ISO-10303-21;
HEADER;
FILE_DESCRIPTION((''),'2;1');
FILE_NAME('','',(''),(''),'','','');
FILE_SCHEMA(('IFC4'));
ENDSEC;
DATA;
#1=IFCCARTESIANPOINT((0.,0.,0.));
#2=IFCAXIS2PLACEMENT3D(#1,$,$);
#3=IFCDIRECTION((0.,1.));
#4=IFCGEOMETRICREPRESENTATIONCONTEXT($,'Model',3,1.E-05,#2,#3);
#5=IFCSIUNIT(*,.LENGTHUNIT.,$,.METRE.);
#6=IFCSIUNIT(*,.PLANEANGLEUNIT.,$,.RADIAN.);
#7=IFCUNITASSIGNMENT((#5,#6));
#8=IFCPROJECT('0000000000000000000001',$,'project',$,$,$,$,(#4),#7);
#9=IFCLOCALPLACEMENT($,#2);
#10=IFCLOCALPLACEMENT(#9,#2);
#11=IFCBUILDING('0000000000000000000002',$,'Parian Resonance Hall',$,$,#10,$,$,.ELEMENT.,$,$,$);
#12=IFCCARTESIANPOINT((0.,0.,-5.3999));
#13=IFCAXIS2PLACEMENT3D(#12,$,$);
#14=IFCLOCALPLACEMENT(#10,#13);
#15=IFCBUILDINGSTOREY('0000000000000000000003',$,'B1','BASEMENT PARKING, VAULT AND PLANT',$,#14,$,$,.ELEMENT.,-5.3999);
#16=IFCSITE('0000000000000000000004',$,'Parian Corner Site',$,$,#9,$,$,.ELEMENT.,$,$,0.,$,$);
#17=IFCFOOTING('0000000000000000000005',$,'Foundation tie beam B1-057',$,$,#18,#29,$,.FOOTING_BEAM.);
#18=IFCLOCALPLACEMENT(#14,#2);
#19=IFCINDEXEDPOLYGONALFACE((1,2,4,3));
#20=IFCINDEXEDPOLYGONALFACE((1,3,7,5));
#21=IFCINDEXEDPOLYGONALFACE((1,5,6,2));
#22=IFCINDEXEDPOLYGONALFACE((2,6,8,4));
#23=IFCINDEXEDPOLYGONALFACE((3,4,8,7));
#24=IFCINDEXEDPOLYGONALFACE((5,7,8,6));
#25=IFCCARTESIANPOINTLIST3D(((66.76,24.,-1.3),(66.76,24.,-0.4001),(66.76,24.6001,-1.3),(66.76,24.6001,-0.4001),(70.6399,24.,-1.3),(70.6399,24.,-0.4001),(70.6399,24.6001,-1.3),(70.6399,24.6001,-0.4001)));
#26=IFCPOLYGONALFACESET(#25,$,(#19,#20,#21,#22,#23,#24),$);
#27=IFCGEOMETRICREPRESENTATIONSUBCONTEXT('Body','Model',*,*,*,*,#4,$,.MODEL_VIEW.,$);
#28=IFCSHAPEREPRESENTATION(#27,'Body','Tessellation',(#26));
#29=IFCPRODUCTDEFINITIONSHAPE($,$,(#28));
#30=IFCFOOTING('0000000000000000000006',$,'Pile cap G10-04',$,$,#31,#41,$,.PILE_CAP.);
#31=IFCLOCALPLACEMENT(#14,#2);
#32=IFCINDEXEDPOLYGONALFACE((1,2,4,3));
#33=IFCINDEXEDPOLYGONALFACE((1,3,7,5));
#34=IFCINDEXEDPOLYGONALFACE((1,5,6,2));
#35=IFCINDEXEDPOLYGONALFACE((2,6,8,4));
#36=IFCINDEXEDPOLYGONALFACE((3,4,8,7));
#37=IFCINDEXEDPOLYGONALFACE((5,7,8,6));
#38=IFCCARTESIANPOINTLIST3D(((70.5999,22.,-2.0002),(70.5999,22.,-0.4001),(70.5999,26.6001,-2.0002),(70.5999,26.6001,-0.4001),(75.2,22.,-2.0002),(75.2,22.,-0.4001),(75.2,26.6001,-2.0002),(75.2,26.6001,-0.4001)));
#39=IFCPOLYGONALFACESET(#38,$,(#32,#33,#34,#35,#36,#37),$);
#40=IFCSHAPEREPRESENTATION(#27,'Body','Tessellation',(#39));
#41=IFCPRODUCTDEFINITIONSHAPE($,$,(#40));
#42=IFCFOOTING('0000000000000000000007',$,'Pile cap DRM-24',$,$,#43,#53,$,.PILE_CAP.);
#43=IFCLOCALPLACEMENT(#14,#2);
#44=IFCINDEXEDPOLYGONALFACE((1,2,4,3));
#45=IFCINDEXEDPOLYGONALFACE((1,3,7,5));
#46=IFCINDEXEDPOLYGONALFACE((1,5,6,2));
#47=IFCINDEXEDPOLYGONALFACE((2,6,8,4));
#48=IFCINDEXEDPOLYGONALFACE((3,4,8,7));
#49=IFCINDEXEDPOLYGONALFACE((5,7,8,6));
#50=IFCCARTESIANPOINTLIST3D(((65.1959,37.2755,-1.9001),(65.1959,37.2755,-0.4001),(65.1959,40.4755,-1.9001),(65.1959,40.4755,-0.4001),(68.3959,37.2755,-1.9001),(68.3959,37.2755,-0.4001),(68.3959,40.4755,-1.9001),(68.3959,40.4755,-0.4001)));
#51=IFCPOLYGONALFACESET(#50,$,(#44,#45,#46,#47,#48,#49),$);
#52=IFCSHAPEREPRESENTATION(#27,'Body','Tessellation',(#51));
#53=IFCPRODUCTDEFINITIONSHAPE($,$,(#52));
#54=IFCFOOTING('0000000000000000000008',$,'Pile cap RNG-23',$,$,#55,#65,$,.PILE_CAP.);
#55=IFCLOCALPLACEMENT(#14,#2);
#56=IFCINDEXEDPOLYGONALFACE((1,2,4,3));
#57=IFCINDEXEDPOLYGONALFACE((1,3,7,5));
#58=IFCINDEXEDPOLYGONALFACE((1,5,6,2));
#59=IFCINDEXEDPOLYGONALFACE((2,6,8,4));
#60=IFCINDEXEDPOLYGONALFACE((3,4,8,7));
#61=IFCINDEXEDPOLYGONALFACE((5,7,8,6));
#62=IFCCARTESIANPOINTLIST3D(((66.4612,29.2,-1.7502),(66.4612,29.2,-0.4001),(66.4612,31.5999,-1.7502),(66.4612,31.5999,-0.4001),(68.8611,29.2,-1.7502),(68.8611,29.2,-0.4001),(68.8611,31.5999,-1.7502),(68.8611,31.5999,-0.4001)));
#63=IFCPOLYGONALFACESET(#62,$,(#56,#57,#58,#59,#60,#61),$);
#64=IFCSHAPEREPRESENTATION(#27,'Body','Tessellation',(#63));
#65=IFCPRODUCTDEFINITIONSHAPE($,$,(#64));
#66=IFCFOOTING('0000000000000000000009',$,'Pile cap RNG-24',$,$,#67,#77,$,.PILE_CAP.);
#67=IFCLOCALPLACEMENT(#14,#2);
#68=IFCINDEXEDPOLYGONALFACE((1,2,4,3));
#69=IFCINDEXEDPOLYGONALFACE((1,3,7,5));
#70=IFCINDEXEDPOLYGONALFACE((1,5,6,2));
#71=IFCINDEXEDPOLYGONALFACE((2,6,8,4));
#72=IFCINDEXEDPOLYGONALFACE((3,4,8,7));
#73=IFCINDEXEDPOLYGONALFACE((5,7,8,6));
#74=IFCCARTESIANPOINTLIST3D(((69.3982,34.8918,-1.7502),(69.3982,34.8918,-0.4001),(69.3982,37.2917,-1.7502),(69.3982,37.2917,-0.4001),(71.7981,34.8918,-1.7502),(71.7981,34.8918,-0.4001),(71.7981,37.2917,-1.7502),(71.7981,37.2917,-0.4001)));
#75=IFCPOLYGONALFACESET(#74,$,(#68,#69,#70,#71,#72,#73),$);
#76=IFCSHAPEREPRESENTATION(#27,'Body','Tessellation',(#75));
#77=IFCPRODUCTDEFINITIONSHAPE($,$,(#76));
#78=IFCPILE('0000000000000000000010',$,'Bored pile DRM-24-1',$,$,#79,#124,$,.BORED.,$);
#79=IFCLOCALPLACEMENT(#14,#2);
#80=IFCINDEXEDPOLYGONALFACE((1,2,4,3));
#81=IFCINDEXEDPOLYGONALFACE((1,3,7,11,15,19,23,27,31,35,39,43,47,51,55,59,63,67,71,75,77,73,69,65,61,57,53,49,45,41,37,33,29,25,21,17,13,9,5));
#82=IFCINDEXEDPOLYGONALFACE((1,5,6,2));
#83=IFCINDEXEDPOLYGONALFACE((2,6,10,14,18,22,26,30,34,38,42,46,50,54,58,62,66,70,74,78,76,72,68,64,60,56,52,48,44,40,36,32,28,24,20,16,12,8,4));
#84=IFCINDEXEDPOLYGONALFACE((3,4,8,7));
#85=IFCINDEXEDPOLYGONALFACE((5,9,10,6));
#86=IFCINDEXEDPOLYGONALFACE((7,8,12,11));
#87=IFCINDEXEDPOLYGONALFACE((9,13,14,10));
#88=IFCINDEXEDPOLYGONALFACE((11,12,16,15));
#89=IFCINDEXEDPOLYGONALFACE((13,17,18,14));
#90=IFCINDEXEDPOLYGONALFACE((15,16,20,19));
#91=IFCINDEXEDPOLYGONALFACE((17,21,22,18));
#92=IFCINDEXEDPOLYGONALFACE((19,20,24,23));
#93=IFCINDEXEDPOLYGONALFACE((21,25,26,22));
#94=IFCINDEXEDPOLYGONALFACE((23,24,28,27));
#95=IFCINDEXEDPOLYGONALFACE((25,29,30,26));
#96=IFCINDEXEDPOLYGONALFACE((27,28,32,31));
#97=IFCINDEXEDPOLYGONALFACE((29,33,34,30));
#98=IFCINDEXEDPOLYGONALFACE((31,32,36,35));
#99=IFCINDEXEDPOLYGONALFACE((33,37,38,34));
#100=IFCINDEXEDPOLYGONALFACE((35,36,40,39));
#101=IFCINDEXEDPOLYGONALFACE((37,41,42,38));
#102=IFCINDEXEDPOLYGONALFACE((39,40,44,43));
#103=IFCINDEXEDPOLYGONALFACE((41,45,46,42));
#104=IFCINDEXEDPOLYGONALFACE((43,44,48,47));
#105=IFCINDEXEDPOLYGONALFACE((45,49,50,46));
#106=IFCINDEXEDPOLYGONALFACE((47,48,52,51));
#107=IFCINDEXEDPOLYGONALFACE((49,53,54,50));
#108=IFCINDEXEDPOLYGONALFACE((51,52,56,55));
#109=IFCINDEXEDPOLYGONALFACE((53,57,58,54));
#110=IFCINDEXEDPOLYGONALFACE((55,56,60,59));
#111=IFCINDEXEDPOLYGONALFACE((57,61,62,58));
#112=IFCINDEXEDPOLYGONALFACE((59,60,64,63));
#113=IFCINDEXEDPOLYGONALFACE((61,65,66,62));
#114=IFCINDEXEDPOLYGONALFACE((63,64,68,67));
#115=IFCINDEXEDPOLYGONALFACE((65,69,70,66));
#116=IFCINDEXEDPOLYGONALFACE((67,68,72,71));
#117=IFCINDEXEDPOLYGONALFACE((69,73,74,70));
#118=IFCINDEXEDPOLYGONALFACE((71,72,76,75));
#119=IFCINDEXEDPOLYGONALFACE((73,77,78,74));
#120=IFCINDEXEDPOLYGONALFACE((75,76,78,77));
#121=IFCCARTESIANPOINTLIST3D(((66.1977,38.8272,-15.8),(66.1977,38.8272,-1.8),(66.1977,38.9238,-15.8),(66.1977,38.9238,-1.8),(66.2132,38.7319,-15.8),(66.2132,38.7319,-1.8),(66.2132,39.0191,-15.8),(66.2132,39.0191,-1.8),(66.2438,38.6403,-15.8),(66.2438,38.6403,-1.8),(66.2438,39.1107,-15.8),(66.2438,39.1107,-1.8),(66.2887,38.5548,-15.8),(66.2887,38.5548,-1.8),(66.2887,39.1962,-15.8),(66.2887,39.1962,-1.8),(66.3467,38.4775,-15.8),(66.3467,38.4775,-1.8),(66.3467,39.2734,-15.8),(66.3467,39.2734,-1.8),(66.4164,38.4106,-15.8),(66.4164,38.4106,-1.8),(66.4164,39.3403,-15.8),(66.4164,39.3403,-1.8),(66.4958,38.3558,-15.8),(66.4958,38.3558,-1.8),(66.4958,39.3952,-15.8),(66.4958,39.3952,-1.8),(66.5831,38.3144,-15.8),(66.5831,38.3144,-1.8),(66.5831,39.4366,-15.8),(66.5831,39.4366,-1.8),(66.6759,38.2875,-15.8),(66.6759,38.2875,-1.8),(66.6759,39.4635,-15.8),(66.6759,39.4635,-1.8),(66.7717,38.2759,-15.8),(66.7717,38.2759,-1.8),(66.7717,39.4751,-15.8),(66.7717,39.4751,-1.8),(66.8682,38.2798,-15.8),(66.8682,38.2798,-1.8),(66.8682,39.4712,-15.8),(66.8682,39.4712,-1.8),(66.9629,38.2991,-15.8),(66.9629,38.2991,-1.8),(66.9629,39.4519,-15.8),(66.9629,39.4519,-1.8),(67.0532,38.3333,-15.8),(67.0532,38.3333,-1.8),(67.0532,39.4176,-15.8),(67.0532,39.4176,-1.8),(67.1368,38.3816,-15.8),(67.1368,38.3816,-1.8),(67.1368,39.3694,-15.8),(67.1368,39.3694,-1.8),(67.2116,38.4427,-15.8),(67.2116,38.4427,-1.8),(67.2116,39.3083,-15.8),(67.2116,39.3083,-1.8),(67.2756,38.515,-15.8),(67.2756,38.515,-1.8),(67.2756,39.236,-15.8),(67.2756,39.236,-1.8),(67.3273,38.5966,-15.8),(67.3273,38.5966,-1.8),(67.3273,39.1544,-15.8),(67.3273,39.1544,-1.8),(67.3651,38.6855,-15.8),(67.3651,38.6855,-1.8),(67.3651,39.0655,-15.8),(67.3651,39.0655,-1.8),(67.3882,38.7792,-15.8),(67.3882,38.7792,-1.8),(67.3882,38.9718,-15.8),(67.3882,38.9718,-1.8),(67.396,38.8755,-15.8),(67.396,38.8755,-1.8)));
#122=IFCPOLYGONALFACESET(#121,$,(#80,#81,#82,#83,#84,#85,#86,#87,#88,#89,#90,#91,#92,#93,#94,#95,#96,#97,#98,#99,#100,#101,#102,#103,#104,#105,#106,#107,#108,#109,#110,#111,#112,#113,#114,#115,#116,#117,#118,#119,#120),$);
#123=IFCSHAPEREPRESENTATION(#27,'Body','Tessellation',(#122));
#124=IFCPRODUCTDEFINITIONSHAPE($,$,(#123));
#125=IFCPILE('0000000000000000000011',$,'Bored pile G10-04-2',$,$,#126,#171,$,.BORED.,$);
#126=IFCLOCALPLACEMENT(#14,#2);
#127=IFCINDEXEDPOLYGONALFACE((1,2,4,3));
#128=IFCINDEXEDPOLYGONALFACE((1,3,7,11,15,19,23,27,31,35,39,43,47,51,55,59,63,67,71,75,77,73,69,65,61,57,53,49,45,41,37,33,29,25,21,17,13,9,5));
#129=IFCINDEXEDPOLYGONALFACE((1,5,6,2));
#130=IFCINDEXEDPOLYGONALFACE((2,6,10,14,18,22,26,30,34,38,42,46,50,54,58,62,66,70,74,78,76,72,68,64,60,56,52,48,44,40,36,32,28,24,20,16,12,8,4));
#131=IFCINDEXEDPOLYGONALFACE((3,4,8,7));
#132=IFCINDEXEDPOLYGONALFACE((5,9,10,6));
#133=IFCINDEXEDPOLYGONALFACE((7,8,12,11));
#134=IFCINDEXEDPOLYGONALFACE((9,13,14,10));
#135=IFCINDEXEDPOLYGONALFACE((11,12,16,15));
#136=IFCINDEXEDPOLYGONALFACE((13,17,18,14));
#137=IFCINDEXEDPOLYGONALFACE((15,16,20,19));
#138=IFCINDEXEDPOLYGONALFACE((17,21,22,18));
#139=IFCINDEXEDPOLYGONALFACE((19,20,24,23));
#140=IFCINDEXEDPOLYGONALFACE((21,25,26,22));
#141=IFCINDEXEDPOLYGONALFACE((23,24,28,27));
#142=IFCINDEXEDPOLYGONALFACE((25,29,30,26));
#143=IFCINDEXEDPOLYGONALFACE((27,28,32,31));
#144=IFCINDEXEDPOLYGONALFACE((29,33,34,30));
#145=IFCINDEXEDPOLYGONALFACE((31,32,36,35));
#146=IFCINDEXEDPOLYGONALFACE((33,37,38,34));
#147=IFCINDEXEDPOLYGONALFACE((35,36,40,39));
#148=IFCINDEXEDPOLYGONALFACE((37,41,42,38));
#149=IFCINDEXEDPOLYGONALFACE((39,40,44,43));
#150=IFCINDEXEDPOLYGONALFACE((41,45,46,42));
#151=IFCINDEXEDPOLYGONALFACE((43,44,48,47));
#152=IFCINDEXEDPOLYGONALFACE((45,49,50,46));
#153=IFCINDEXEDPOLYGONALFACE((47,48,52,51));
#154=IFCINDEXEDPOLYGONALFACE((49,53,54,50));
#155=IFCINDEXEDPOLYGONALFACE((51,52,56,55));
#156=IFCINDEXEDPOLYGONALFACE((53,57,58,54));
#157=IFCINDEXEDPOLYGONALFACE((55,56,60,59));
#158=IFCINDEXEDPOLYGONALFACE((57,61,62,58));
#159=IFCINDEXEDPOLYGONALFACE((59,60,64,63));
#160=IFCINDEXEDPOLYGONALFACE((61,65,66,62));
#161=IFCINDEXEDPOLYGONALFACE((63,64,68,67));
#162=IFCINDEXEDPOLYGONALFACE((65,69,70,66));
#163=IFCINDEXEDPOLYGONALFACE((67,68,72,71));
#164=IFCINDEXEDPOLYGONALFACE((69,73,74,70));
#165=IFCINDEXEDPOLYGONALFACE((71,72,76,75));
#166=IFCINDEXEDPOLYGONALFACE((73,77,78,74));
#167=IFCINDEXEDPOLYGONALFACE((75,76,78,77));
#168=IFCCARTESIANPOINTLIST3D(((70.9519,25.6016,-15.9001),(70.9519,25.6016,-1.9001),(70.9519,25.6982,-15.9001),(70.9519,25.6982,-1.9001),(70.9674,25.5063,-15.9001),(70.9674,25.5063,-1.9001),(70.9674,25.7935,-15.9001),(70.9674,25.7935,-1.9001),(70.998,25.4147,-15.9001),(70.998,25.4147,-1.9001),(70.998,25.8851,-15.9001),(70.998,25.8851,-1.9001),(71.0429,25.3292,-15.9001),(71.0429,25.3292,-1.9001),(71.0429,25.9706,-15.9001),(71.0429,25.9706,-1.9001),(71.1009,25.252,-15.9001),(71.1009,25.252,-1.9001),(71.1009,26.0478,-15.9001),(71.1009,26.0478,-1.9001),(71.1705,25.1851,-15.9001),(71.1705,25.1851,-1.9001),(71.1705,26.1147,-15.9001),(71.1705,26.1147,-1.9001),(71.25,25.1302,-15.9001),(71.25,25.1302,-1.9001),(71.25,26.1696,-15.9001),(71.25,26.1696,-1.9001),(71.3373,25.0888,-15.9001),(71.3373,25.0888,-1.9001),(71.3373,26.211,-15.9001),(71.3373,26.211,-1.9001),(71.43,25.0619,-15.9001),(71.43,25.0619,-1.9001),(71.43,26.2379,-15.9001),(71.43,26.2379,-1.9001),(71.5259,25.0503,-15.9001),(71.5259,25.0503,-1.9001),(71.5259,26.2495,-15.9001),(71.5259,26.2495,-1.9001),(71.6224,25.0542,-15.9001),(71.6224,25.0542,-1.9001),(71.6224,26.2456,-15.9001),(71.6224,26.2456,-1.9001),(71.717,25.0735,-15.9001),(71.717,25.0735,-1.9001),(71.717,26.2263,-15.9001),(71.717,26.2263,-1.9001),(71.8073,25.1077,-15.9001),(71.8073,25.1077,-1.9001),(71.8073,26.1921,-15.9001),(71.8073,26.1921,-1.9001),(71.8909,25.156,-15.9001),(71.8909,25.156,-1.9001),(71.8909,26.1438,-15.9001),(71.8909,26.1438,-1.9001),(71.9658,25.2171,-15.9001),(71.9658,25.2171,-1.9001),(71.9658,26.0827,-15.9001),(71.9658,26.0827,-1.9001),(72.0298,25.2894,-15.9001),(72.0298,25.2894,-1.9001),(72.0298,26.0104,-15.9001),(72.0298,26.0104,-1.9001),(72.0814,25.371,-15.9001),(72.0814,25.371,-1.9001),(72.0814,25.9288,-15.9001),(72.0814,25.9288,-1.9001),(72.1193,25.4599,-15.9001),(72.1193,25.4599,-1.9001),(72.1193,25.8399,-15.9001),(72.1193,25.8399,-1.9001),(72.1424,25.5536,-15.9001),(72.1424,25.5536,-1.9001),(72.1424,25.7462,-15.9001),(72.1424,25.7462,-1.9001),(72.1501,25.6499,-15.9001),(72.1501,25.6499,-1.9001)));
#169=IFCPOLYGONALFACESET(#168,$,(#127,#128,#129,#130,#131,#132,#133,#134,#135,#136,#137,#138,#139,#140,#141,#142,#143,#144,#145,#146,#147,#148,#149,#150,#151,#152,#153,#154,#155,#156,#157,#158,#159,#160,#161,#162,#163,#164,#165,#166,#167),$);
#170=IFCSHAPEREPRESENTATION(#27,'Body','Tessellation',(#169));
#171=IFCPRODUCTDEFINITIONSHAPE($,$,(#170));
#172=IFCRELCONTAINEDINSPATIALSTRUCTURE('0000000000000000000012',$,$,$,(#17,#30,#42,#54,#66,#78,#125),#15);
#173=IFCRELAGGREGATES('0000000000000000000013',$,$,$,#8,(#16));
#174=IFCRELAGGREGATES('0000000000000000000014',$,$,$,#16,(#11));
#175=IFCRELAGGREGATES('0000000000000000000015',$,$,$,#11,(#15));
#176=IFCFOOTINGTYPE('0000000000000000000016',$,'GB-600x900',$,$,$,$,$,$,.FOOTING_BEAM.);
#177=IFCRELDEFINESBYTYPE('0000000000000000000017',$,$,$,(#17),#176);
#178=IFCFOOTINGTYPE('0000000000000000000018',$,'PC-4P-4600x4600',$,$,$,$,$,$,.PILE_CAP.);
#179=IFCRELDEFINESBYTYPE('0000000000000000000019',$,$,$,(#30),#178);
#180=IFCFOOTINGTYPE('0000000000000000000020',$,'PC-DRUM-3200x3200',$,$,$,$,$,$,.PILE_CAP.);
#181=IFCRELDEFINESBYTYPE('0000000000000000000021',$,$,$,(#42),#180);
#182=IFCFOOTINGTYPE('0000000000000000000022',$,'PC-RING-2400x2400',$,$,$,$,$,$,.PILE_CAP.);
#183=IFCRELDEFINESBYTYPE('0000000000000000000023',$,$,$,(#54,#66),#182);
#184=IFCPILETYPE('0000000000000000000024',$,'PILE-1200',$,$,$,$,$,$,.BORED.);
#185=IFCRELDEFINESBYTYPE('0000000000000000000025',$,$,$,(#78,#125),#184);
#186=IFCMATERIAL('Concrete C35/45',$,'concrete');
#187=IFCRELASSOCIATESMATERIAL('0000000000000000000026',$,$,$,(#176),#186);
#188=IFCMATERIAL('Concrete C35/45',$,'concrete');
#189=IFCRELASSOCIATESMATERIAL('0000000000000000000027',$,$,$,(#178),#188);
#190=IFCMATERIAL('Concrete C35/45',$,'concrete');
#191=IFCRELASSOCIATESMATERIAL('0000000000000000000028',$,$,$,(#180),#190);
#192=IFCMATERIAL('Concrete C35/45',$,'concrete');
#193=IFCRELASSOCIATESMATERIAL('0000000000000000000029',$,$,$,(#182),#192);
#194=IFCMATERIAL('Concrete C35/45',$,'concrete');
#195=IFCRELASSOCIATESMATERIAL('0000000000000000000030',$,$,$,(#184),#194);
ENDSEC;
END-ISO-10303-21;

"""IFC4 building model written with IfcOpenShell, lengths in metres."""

from ifc_helpers import new_model, si_unit, direction, frame, origin, origin_2d, place, context, subcontext, project, spatial, rectangle, circle, extrude, material, material_profile, profile_set, type_object, element, save


model = new_model("IFC4")

# Units and contexts
model_context = context("Model", 3, precision=1e-05, world=origin(), true_north=direction((0.0, 1.0)))
body_context = subcontext(model_context, "Body", "Model", "MODEL_VIEW")
ifc_project = project(units=[si_unit("LENGTHUNIT", "METRE"), si_unit("PLANEANGLEUNIT", "RADIAN")], contexts=[model_context])

# Site, building, storey
site_placement = place(None, origin())
site = spatial("IfcSite", under=ifc_project, at=site_placement, Name="Parian Corner Site", CompositionType="ELEMENT", RefElevation=0.0)
building_placement = place(site_placement, origin())
building = spatial("IfcBuilding", under=site, at=building_placement, Name="Parian Resonance Hall", CompositionType="ELEMENT")
storey_placement = place(building_placement, frame((0.0, 0.0, -5.3999)))
storey = spatial("IfcBuildingStorey", under=building, at=storey_placement, Name="B1", Description="BASEMENT PARKING, VAULT AND PLANT", CompositionType="ELEMENT", Elevation=-5.3999)

# Footings
ifc_material_1 = material(Name="Concrete C35/45", Category="concrete")
ifc_material_profile_1 = material_profile(ifc_material_1, rectangle(XDim=0.6001, YDim=0.8999, at=origin_2d()), Name="RC-GB-600x900")
ifc_profile_set_1 = profile_set([ifc_material_profile_1], Name="Concrete C35/45")
footing_type_1 = type_object("IfcFootingType", Name="GB-600x900", PredefinedType="FOOTING_BEAM", material=ifc_profile_set_1)
footing_1_placement = place(storey_placement, frame((66.76, 24.3, -0.8501), z_axis=(1.0, 0.0, 0.0), x_axis=(0.0, 1.0, 0.0)))
element("IfcFooting", 1, at=footing_1_placement, inside=storey, type_object=footing_type_1, Name="Foundation tie beam B1-057", PredefinedType="FOOTING_BEAM", context=body_context, shape_type="SweptSolid", body=[
    extrude(rectangle(XDim=0.6001, YDim=0.8999, at=origin_2d()), origin(), (0.0, 0.0, 1.0), 3.8799),
])
ifc_material_2 = material(Name="Concrete C35/45", Category="concrete")
footing_type_2 = type_object("IfcFootingType", Name="PC-4P-4600x4600", PredefinedType="PILE_CAP", material=ifc_material_2)
footing_2_placement = place(storey_placement, frame((72.8999, 24.3, -2.0002), z_axis=(0.0, 0.0, 1.0), x_axis=(1.0, 0.0, 0.0)))
element("IfcFooting", 2, at=footing_2_placement, inside=storey, type_object=footing_type_2, Name="Pile cap G10-04", PredefinedType="PILE_CAP", context=body_context, shape_type="SweptSolid", body=[
    extrude(rectangle(XDim=4.6001, YDim=4.6001, at=origin_2d()), origin(), (0.0, 0.0, 1.0), 1.6001),
])
ifc_material_3 = material(Name="Concrete C35/45", Category="concrete")
footing_type_3 = type_object("IfcFootingType", Name="PC-DRUM-3200x3200", PredefinedType="PILE_CAP", material=ifc_material_3)
footing_3_placement = place(storey_placement, frame((66.7959, 38.8755, -1.9001), z_axis=(0.0, 0.0, 1.0), x_axis=(1.0, 0.0, 0.0)))
element("IfcFooting", 3, at=footing_3_placement, inside=storey, type_object=footing_type_3, Name="Pile cap DRM-24", PredefinedType="PILE_CAP", context=body_context, shape_type="SweptSolid", body=[
    extrude(rectangle(XDim=3.2, YDim=3.2, at=origin_2d()), origin(), (0.0, 0.0, 1.0), 1.5),
])
ifc_material_4 = material(Name="Concrete C35/45", Category="concrete")
footing_type_4 = type_object("IfcFootingType", Name="PC-RING-2400x2400", PredefinedType="PILE_CAP", material=ifc_material_4)
for number, where, z_axis, x_axis, name in (
    (4, (67.6611, 30.3999, -1.7502), (0.0, 0.0, 1.0), (1.0, 0.0, 0.0), "Pile cap RNG-23"),
    (5, (70.5981, 36.0918, -1.7502), (0.0, 0.0, 1.0), (1.0, 0.0, 0.0), "Pile cap RNG-24"),
):
    element("IfcFooting", number, at=place(storey_placement, frame(where, z_axis=z_axis, x_axis=x_axis)), inside=storey, type_object=footing_type_4, Name=name, PredefinedType="PILE_CAP", context=body_context, shape_type="SweptSolid", body=[
        extrude(rectangle(XDim=2.3999, YDim=2.3999, at=origin_2d()), origin(), (0.0, 0.0, 1.0), 1.3501),
    ])

# Piles
ifc_material_5 = material(Name="Concrete C35/45", Category="concrete")
ifc_material_profile_2 = material_profile(ifc_material_5, circle(Radius=0.6001, at=origin_2d()), Name="PILE-D1200")
ifc_profile_set_2 = profile_set([ifc_material_profile_2], Name="Concrete C35/45")
pile_type_1 = type_object("IfcPileType", Name="PILE-1200", PredefinedType="BORED", material=ifc_profile_set_2)
for number, where, z_axis, x_axis, name in (
    (6, (66.7959, 38.8755, -1.8), (0.0, 0.0, -1.0), (1.0, 0.0, 0.0), "Bored pile DRM-24-1"),
    (7, (71.55, 25.6499, -1.9001), (0.0, 0.0, -1.0), (1.0, 0.0, 0.0), "Bored pile G10-04-2"),
):
    element("IfcPile", number, at=place(storey_placement, frame(where, z_axis=z_axis, x_axis=x_axis)), inside=storey, type_object=pile_type_1, Name=name, PredefinedType="BORED", context=body_context, shape_type="SweptSolid", body=[
        extrude(circle(Radius=0.6001, at=origin_2d()), origin(), (0.0, 0.0, 1.0), 14.0),
    ])

save(model, "model.ifc")
